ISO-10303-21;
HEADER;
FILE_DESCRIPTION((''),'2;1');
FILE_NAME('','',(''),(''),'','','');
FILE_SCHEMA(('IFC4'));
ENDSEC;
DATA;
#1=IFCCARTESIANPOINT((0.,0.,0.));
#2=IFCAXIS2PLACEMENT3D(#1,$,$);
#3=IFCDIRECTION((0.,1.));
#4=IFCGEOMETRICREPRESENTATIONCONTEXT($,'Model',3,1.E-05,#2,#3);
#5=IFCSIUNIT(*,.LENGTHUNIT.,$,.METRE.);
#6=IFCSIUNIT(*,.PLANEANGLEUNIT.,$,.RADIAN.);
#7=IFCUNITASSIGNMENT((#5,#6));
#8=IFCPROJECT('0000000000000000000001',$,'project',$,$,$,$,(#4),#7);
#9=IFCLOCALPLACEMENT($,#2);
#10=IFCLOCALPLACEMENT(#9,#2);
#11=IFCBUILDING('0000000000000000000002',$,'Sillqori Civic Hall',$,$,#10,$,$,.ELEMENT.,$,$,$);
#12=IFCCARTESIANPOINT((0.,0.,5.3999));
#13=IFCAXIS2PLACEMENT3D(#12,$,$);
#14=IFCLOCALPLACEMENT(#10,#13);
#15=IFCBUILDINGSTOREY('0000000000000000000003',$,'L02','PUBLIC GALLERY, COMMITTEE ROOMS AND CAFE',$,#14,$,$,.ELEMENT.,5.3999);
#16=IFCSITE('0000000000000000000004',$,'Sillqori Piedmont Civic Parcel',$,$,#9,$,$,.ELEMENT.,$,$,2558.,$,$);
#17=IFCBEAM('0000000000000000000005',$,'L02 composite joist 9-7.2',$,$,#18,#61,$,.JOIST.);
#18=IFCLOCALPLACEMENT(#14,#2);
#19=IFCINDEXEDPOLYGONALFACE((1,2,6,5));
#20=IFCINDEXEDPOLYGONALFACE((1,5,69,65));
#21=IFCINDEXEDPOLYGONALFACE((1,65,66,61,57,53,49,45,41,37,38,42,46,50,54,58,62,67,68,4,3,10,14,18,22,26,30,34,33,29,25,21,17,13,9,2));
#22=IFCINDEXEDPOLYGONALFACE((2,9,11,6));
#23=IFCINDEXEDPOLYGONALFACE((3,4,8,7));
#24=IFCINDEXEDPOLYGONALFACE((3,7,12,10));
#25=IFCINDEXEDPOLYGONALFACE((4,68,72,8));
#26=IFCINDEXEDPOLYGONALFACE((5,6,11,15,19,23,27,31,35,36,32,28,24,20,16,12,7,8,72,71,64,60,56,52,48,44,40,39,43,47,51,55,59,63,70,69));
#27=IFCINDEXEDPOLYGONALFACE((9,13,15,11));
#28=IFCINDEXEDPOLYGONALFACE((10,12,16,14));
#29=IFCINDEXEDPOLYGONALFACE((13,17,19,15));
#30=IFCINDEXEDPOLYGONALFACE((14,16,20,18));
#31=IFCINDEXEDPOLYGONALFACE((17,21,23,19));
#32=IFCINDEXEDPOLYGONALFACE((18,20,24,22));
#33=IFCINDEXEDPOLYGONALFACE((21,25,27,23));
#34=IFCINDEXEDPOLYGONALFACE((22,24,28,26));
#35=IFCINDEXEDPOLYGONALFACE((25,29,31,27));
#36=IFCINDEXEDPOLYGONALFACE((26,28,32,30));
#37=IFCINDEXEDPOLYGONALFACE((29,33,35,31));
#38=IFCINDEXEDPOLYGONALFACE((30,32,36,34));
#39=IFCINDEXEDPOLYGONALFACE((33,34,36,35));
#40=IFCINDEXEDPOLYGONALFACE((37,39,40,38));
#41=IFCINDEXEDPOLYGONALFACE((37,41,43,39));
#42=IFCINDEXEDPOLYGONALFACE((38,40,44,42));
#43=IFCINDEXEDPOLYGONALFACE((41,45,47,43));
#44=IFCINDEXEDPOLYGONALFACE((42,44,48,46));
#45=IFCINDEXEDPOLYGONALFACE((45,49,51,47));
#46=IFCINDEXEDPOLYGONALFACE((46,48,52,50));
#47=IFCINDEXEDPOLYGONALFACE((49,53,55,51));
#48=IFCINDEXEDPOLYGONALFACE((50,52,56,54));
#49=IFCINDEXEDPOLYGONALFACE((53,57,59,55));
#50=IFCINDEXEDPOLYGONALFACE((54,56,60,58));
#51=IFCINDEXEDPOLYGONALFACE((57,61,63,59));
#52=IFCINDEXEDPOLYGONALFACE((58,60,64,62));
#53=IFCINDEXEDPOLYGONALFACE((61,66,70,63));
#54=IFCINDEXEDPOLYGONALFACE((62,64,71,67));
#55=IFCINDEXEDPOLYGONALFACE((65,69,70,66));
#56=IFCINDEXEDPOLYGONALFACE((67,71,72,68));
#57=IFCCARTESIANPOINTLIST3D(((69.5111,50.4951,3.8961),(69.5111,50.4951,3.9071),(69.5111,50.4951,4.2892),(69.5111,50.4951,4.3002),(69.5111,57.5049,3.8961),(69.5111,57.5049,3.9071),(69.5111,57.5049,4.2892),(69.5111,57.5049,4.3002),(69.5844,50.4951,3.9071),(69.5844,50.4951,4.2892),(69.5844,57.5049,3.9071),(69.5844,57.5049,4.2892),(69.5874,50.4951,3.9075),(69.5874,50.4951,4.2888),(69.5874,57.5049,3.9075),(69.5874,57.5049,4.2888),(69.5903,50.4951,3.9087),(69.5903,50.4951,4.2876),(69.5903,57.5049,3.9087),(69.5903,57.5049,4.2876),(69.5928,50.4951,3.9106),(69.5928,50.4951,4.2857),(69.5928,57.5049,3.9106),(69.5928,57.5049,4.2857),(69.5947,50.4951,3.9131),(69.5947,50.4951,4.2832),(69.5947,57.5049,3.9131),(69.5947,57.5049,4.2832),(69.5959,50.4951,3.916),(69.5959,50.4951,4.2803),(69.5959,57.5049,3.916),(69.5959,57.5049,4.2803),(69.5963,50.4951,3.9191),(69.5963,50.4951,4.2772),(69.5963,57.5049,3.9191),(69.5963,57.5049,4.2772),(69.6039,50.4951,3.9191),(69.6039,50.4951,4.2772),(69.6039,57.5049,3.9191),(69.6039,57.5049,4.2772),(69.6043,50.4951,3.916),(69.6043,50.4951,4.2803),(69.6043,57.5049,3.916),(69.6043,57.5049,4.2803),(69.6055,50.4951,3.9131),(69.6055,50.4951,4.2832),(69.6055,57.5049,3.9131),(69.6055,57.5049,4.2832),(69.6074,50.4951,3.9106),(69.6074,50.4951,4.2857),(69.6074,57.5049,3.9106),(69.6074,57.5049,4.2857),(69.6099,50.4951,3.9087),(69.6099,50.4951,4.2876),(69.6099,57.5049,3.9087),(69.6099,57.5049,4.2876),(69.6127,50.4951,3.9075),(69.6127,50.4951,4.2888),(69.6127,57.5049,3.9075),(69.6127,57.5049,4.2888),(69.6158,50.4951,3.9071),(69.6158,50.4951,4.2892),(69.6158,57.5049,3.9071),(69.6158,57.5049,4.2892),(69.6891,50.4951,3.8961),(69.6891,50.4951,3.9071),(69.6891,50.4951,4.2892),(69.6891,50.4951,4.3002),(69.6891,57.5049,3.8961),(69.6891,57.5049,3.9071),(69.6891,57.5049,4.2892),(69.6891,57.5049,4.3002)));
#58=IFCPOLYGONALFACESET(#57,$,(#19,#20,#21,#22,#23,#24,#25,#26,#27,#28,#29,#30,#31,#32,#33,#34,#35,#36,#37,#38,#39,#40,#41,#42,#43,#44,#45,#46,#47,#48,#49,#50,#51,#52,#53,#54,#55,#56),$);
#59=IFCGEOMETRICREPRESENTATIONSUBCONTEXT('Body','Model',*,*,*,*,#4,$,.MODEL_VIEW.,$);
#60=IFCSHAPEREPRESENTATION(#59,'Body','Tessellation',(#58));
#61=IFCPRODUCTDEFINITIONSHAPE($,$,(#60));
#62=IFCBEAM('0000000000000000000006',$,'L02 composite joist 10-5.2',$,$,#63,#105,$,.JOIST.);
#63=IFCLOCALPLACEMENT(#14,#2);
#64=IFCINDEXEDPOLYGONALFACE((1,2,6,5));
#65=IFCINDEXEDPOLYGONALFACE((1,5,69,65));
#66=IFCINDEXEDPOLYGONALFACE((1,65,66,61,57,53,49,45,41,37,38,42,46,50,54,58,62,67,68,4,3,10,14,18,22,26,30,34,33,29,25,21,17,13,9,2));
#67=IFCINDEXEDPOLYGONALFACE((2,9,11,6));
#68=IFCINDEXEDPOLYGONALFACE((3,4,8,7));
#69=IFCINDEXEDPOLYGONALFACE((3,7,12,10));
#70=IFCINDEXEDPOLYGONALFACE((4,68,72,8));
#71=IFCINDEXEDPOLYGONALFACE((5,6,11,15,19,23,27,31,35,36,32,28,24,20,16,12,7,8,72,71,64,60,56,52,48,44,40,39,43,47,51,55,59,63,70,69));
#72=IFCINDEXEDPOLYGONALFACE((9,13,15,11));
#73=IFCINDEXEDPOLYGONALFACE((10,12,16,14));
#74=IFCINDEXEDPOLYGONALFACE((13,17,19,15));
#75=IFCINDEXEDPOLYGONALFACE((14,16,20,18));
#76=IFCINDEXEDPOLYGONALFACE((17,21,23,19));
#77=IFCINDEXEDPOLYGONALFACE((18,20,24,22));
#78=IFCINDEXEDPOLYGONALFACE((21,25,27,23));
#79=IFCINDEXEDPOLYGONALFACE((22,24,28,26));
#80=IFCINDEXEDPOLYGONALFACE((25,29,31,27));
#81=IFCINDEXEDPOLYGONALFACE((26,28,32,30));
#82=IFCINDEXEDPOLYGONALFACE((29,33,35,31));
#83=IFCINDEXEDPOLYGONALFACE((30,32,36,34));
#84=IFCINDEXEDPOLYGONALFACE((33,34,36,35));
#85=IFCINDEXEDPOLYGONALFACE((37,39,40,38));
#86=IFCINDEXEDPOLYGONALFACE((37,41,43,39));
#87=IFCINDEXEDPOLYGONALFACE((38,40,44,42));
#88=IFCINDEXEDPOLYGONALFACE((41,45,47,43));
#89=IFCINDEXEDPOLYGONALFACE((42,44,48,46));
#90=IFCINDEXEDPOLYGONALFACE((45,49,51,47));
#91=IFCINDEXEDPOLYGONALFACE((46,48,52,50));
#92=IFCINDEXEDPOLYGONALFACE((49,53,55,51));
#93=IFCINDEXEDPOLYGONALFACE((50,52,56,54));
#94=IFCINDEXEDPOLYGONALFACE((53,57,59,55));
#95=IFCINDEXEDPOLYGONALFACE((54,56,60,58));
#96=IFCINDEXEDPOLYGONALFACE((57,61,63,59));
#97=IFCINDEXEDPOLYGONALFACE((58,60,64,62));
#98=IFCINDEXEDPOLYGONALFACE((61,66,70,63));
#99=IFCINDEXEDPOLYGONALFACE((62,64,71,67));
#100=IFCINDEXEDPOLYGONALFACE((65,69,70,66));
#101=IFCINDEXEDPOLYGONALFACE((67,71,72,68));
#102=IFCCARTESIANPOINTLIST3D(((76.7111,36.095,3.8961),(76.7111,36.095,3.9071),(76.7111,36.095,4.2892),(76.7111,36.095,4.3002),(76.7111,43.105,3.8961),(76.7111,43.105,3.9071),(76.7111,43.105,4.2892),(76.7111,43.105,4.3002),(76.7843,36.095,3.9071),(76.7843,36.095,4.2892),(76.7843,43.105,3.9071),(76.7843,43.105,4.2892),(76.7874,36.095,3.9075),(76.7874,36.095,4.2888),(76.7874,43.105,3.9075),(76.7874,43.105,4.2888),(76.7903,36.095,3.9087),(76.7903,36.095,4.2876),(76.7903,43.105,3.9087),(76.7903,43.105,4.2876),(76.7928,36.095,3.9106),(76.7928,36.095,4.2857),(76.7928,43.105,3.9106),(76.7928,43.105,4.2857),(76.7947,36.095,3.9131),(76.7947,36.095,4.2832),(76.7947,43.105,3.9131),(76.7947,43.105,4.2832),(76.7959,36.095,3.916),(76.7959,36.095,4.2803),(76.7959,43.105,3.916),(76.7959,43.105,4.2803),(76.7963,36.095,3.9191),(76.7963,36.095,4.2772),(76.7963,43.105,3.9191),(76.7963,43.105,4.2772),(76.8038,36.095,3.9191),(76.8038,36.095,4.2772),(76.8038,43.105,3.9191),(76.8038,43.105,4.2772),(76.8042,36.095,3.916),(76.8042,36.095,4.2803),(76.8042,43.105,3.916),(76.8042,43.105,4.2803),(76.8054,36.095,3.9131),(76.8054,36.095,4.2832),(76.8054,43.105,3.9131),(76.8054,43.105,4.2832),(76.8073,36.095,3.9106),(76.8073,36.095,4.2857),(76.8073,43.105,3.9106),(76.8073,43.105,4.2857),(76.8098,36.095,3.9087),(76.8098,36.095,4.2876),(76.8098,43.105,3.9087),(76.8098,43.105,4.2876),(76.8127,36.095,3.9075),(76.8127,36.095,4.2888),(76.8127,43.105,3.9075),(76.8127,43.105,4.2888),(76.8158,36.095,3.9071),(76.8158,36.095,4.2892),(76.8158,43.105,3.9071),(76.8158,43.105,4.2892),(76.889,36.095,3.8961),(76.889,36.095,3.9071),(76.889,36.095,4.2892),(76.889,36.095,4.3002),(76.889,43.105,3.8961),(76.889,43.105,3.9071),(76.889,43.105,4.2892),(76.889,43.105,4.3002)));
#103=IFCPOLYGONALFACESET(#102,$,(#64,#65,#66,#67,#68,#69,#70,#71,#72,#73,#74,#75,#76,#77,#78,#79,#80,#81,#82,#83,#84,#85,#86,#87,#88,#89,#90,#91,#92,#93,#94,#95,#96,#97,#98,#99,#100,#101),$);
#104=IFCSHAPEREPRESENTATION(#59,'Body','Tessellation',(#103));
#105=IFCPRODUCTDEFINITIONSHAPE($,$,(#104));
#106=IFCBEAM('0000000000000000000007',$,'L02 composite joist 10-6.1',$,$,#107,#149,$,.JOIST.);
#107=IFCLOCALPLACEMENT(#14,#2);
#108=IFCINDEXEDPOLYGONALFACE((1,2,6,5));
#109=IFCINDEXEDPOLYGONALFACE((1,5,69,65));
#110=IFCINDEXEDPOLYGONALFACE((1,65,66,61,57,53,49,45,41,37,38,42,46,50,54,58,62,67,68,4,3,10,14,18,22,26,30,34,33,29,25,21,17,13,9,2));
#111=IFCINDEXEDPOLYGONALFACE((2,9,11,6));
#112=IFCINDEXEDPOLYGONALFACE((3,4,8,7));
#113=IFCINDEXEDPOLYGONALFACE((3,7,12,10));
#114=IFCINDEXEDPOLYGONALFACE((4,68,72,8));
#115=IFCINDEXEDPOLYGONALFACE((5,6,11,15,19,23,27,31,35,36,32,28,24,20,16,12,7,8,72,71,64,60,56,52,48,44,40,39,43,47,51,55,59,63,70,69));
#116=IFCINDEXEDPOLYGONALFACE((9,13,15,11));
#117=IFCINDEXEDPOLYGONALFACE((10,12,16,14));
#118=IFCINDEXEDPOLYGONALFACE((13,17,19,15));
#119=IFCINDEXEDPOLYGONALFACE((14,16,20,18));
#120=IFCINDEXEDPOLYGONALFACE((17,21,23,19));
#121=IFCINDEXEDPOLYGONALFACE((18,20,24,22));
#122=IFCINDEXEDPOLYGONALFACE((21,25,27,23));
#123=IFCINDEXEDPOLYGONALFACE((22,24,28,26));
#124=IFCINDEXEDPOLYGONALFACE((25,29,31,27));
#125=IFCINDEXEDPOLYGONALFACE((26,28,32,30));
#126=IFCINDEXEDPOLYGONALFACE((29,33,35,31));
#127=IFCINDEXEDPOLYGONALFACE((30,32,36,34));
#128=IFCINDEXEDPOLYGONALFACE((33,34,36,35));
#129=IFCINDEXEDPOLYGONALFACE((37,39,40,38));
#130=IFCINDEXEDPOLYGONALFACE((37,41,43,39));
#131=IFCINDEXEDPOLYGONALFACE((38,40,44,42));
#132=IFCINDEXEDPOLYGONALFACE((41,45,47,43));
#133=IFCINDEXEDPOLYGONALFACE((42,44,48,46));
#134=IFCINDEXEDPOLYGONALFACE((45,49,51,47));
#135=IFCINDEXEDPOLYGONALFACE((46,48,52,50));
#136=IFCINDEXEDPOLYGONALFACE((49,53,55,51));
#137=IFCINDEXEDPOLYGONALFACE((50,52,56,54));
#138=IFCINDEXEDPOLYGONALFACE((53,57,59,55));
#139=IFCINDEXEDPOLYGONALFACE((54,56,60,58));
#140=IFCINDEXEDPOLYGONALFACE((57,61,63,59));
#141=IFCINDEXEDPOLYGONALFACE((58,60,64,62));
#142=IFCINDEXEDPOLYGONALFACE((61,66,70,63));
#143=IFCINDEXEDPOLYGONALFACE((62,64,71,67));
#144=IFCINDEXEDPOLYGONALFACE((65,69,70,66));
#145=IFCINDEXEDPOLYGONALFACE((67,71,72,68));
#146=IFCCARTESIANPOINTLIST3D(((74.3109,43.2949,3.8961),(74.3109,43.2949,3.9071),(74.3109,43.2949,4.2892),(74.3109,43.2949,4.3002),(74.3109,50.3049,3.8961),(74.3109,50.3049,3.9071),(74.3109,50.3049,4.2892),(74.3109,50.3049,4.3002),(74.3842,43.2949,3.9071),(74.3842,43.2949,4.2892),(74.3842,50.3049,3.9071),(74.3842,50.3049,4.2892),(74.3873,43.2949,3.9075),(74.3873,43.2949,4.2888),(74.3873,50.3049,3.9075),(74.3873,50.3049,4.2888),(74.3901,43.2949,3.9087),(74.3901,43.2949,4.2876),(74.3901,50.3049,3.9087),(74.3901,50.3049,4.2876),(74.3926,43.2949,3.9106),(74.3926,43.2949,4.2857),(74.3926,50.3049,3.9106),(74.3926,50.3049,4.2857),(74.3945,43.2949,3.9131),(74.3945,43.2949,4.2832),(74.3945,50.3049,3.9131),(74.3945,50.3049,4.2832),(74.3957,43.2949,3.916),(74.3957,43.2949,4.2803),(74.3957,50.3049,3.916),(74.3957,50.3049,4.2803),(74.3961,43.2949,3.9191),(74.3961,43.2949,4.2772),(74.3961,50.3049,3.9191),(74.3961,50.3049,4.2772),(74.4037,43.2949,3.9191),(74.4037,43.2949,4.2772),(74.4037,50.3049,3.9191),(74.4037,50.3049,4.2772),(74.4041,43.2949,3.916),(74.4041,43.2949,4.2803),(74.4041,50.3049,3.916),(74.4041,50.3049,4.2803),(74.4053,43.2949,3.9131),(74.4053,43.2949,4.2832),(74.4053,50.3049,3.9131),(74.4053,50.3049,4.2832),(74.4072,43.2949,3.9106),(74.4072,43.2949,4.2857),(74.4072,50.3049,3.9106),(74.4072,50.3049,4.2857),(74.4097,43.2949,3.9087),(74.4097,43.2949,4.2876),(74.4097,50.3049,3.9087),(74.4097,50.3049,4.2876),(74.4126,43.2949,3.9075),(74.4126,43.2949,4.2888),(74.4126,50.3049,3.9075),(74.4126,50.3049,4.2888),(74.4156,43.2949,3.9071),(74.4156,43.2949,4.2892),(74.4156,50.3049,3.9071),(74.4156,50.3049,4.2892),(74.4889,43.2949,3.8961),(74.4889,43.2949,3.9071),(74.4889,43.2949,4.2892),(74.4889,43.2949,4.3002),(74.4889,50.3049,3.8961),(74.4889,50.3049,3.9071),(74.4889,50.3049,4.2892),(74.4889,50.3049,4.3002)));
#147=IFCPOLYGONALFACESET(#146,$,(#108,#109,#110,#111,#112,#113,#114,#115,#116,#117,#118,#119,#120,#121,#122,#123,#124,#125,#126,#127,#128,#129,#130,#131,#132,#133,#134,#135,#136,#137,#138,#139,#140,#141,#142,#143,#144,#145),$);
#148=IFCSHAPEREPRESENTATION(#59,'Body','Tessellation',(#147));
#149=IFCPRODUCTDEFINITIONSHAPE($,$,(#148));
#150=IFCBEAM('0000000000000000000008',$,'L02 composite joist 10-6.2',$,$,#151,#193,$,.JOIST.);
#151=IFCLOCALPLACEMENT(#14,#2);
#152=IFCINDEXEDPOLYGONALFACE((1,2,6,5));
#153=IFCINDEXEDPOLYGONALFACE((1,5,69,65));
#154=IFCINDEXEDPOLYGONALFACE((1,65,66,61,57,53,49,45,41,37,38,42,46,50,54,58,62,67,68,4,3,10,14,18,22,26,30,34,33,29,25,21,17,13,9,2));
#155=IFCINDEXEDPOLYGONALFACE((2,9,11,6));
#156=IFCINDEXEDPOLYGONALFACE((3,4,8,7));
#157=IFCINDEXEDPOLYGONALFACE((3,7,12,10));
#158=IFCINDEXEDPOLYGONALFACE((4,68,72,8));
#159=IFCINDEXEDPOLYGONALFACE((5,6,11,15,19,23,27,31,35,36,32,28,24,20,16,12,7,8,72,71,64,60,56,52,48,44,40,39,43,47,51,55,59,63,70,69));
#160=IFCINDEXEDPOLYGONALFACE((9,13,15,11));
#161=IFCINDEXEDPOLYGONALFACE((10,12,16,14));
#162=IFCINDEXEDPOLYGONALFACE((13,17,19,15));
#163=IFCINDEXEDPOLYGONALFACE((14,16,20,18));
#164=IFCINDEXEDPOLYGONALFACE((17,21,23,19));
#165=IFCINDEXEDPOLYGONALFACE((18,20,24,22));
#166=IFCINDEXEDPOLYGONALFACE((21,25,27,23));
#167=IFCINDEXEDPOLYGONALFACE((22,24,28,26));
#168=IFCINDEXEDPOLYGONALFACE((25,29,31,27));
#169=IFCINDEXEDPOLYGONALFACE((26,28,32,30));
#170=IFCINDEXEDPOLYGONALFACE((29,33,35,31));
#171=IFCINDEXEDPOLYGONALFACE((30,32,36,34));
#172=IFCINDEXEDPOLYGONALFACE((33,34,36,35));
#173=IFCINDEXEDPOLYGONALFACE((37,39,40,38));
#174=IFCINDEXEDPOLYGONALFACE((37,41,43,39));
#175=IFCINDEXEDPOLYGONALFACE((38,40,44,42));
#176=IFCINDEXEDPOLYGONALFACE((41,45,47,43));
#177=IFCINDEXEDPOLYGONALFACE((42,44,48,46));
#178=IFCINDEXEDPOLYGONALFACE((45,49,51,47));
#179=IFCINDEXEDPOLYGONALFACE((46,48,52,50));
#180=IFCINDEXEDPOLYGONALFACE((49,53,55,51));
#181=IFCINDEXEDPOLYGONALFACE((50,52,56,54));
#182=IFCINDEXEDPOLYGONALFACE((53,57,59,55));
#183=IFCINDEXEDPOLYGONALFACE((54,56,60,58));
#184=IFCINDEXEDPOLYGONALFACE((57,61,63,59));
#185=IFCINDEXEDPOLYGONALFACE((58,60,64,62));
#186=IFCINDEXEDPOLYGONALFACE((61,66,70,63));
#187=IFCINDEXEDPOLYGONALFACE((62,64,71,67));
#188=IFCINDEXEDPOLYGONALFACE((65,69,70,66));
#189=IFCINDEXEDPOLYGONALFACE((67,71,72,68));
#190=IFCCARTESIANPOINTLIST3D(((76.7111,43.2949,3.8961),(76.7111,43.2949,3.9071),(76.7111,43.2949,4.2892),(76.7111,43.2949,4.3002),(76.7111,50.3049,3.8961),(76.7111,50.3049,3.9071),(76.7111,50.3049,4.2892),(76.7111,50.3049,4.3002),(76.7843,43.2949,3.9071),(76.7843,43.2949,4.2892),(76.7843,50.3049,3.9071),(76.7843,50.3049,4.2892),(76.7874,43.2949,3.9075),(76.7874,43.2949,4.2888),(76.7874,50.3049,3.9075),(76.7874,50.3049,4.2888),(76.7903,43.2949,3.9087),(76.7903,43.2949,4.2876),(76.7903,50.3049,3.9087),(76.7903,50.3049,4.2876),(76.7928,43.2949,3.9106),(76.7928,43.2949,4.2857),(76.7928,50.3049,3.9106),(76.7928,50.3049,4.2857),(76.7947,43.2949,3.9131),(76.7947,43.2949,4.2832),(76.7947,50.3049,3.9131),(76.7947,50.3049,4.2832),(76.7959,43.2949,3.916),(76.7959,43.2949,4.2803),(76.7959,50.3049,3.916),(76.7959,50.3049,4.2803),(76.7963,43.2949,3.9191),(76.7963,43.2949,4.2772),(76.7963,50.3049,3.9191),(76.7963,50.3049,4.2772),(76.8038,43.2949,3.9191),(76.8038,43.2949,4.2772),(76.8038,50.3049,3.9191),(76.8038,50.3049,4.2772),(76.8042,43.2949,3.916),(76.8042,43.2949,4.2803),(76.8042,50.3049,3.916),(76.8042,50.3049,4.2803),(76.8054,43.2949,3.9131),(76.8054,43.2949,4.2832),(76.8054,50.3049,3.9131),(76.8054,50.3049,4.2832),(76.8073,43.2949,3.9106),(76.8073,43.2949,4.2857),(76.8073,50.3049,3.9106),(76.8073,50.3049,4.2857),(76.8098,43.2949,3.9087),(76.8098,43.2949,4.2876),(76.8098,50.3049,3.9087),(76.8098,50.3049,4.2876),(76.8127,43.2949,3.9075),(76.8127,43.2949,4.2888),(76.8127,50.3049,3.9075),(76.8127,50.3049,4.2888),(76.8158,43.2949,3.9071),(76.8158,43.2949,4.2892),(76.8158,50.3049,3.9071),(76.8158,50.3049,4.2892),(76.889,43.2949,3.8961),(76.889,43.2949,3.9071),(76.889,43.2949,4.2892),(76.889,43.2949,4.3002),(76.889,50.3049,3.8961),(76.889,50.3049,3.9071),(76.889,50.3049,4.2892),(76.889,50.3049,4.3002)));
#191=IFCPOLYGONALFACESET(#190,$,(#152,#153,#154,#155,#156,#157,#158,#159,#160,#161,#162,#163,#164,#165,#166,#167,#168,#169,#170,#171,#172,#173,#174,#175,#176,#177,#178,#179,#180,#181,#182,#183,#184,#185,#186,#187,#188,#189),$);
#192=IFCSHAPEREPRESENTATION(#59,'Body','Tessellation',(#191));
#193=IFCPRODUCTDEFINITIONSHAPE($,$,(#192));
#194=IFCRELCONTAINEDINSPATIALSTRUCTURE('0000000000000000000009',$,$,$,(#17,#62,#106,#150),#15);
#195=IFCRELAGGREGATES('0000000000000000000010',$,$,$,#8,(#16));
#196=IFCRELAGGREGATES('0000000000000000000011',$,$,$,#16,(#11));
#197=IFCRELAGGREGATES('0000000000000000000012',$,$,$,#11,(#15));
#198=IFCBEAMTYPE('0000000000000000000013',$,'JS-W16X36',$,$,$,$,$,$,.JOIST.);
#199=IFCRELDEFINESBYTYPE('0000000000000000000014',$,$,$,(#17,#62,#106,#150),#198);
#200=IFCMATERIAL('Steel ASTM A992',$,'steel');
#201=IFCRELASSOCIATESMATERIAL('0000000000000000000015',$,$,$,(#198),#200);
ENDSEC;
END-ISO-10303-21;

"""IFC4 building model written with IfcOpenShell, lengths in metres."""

from ifc_helpers import new_model, si_unit, direction, frame, origin, origin_2d, place, context, subcontext, project, spatial, i_section, extrude, material, material_profile, profile_set, type_object, element, save


model = new_model("IFC4")

# Units and contexts
model_context = context("Model", 3, precision=1e-05, world=origin(), true_north=direction((0.0, 1.0)))
body_context = subcontext(model_context, "Body", "Model", "MODEL_VIEW")
ifc_project = project(units=[si_unit("LENGTHUNIT", "METRE"), si_unit("PLANEANGLEUNIT", "RADIAN")], contexts=[model_context])

# Site, building, storey
site_placement = place(None, origin())
site = spatial("IfcSite", under=ifc_project, at=site_placement, Name="Sillqori Piedmont Civic Parcel", CompositionType="ELEMENT", RefElevation=2558.0)
building_placement = place(site_placement, origin())
building = spatial("IfcBuilding", under=site, at=building_placement, Name="Sillqori Civic Hall", CompositionType="ELEMENT")
storey_placement = place(building_placement, frame((0.0, 0.0, 5.3999)))
storey = spatial("IfcBuildingStorey", under=building, at=storey_placement, Name="L02", Description="PUBLIC GALLERY, COMMITTEE ROOMS AND CAFE", CompositionType="ELEMENT", Elevation=5.3999)

# Shared definitions
ifc_material_1 = material(Name="Steel ASTM A992", Category="steel")

# Beams
ifc_material_profile_1 = material_profile(ifc_material_1, i_section(OverallWidth=0.178, OverallDepth=0.4041, WebThickness=0.0076, FlangeThickness=0.011, FilletRadius=0.012, at=origin_2d()), Name="W16X36")
ifc_profile_set_1 = profile_set([ifc_material_profile_1], Name="Steel ASTM A992")
beam_type_1 = type_object("IfcBeamType", Name="JS-W16X36", PredefinedType="JOIST", material=ifc_profile_set_1)
for number, where, z_axis, x_axis, name in (
    (1, (69.6001, 50.4951, 4.0981), (0.0, 1.0, 0.0), (-1.0, 0.0, 0.0), "L02 composite joist 9-7.2"),
):
    element("IfcBeam", number, at=place(storey_placement, frame(where, z_axis=z_axis, x_axis=x_axis)), inside=storey, type_object=beam_type_1, Name=name, PredefinedType="JOIST", context=body_context, shape_type="SweptSolid", body=[
        extrude(i_section(OverallWidth=0.178, OverallDepth=0.4041, WebThickness=0.0076, FlangeThickness=0.011, FilletRadius=0.012, at=origin_2d()), origin(), (0.0, 0.0, 1.0), 7.0098),
    ])
for number, where, z_axis, x_axis, name in (
    (2, (76.8, 36.095, 4.0981), (0.0, 1.0, 0.0), (-1.0, 0.0, 0.0), "L02 composite joist 10-5.2"),
    (3, (74.3999, 43.2949, 4.0981), (0.0, 1.0, 0.0), (-1.0, 0.0, 0.0), "L02 composite joist 10-6.1"),
    (4, (76.8, 43.2949, 4.0981), (0.0, 1.0, 0.0), (-1.0, 0.0, 0.0), "L02 composite joist 10-6.2"),
):
    element("IfcBeam", number, at=place(storey_placement, frame(where, z_axis=z_axis, x_axis=x_axis)), inside=storey, type_object=beam_type_1, Name=name, PredefinedType="JOIST", context=body_context, shape_type="SweptSolid", body=[
        extrude(i_section(OverallWidth=0.178, OverallDepth=0.4041, WebThickness=0.0076, FlangeThickness=0.011, FilletRadius=0.012, at=origin_2d()), origin(), (0.0, 0.0, 1.0), 7.01),
    ])

save(model, "model.ifc")
